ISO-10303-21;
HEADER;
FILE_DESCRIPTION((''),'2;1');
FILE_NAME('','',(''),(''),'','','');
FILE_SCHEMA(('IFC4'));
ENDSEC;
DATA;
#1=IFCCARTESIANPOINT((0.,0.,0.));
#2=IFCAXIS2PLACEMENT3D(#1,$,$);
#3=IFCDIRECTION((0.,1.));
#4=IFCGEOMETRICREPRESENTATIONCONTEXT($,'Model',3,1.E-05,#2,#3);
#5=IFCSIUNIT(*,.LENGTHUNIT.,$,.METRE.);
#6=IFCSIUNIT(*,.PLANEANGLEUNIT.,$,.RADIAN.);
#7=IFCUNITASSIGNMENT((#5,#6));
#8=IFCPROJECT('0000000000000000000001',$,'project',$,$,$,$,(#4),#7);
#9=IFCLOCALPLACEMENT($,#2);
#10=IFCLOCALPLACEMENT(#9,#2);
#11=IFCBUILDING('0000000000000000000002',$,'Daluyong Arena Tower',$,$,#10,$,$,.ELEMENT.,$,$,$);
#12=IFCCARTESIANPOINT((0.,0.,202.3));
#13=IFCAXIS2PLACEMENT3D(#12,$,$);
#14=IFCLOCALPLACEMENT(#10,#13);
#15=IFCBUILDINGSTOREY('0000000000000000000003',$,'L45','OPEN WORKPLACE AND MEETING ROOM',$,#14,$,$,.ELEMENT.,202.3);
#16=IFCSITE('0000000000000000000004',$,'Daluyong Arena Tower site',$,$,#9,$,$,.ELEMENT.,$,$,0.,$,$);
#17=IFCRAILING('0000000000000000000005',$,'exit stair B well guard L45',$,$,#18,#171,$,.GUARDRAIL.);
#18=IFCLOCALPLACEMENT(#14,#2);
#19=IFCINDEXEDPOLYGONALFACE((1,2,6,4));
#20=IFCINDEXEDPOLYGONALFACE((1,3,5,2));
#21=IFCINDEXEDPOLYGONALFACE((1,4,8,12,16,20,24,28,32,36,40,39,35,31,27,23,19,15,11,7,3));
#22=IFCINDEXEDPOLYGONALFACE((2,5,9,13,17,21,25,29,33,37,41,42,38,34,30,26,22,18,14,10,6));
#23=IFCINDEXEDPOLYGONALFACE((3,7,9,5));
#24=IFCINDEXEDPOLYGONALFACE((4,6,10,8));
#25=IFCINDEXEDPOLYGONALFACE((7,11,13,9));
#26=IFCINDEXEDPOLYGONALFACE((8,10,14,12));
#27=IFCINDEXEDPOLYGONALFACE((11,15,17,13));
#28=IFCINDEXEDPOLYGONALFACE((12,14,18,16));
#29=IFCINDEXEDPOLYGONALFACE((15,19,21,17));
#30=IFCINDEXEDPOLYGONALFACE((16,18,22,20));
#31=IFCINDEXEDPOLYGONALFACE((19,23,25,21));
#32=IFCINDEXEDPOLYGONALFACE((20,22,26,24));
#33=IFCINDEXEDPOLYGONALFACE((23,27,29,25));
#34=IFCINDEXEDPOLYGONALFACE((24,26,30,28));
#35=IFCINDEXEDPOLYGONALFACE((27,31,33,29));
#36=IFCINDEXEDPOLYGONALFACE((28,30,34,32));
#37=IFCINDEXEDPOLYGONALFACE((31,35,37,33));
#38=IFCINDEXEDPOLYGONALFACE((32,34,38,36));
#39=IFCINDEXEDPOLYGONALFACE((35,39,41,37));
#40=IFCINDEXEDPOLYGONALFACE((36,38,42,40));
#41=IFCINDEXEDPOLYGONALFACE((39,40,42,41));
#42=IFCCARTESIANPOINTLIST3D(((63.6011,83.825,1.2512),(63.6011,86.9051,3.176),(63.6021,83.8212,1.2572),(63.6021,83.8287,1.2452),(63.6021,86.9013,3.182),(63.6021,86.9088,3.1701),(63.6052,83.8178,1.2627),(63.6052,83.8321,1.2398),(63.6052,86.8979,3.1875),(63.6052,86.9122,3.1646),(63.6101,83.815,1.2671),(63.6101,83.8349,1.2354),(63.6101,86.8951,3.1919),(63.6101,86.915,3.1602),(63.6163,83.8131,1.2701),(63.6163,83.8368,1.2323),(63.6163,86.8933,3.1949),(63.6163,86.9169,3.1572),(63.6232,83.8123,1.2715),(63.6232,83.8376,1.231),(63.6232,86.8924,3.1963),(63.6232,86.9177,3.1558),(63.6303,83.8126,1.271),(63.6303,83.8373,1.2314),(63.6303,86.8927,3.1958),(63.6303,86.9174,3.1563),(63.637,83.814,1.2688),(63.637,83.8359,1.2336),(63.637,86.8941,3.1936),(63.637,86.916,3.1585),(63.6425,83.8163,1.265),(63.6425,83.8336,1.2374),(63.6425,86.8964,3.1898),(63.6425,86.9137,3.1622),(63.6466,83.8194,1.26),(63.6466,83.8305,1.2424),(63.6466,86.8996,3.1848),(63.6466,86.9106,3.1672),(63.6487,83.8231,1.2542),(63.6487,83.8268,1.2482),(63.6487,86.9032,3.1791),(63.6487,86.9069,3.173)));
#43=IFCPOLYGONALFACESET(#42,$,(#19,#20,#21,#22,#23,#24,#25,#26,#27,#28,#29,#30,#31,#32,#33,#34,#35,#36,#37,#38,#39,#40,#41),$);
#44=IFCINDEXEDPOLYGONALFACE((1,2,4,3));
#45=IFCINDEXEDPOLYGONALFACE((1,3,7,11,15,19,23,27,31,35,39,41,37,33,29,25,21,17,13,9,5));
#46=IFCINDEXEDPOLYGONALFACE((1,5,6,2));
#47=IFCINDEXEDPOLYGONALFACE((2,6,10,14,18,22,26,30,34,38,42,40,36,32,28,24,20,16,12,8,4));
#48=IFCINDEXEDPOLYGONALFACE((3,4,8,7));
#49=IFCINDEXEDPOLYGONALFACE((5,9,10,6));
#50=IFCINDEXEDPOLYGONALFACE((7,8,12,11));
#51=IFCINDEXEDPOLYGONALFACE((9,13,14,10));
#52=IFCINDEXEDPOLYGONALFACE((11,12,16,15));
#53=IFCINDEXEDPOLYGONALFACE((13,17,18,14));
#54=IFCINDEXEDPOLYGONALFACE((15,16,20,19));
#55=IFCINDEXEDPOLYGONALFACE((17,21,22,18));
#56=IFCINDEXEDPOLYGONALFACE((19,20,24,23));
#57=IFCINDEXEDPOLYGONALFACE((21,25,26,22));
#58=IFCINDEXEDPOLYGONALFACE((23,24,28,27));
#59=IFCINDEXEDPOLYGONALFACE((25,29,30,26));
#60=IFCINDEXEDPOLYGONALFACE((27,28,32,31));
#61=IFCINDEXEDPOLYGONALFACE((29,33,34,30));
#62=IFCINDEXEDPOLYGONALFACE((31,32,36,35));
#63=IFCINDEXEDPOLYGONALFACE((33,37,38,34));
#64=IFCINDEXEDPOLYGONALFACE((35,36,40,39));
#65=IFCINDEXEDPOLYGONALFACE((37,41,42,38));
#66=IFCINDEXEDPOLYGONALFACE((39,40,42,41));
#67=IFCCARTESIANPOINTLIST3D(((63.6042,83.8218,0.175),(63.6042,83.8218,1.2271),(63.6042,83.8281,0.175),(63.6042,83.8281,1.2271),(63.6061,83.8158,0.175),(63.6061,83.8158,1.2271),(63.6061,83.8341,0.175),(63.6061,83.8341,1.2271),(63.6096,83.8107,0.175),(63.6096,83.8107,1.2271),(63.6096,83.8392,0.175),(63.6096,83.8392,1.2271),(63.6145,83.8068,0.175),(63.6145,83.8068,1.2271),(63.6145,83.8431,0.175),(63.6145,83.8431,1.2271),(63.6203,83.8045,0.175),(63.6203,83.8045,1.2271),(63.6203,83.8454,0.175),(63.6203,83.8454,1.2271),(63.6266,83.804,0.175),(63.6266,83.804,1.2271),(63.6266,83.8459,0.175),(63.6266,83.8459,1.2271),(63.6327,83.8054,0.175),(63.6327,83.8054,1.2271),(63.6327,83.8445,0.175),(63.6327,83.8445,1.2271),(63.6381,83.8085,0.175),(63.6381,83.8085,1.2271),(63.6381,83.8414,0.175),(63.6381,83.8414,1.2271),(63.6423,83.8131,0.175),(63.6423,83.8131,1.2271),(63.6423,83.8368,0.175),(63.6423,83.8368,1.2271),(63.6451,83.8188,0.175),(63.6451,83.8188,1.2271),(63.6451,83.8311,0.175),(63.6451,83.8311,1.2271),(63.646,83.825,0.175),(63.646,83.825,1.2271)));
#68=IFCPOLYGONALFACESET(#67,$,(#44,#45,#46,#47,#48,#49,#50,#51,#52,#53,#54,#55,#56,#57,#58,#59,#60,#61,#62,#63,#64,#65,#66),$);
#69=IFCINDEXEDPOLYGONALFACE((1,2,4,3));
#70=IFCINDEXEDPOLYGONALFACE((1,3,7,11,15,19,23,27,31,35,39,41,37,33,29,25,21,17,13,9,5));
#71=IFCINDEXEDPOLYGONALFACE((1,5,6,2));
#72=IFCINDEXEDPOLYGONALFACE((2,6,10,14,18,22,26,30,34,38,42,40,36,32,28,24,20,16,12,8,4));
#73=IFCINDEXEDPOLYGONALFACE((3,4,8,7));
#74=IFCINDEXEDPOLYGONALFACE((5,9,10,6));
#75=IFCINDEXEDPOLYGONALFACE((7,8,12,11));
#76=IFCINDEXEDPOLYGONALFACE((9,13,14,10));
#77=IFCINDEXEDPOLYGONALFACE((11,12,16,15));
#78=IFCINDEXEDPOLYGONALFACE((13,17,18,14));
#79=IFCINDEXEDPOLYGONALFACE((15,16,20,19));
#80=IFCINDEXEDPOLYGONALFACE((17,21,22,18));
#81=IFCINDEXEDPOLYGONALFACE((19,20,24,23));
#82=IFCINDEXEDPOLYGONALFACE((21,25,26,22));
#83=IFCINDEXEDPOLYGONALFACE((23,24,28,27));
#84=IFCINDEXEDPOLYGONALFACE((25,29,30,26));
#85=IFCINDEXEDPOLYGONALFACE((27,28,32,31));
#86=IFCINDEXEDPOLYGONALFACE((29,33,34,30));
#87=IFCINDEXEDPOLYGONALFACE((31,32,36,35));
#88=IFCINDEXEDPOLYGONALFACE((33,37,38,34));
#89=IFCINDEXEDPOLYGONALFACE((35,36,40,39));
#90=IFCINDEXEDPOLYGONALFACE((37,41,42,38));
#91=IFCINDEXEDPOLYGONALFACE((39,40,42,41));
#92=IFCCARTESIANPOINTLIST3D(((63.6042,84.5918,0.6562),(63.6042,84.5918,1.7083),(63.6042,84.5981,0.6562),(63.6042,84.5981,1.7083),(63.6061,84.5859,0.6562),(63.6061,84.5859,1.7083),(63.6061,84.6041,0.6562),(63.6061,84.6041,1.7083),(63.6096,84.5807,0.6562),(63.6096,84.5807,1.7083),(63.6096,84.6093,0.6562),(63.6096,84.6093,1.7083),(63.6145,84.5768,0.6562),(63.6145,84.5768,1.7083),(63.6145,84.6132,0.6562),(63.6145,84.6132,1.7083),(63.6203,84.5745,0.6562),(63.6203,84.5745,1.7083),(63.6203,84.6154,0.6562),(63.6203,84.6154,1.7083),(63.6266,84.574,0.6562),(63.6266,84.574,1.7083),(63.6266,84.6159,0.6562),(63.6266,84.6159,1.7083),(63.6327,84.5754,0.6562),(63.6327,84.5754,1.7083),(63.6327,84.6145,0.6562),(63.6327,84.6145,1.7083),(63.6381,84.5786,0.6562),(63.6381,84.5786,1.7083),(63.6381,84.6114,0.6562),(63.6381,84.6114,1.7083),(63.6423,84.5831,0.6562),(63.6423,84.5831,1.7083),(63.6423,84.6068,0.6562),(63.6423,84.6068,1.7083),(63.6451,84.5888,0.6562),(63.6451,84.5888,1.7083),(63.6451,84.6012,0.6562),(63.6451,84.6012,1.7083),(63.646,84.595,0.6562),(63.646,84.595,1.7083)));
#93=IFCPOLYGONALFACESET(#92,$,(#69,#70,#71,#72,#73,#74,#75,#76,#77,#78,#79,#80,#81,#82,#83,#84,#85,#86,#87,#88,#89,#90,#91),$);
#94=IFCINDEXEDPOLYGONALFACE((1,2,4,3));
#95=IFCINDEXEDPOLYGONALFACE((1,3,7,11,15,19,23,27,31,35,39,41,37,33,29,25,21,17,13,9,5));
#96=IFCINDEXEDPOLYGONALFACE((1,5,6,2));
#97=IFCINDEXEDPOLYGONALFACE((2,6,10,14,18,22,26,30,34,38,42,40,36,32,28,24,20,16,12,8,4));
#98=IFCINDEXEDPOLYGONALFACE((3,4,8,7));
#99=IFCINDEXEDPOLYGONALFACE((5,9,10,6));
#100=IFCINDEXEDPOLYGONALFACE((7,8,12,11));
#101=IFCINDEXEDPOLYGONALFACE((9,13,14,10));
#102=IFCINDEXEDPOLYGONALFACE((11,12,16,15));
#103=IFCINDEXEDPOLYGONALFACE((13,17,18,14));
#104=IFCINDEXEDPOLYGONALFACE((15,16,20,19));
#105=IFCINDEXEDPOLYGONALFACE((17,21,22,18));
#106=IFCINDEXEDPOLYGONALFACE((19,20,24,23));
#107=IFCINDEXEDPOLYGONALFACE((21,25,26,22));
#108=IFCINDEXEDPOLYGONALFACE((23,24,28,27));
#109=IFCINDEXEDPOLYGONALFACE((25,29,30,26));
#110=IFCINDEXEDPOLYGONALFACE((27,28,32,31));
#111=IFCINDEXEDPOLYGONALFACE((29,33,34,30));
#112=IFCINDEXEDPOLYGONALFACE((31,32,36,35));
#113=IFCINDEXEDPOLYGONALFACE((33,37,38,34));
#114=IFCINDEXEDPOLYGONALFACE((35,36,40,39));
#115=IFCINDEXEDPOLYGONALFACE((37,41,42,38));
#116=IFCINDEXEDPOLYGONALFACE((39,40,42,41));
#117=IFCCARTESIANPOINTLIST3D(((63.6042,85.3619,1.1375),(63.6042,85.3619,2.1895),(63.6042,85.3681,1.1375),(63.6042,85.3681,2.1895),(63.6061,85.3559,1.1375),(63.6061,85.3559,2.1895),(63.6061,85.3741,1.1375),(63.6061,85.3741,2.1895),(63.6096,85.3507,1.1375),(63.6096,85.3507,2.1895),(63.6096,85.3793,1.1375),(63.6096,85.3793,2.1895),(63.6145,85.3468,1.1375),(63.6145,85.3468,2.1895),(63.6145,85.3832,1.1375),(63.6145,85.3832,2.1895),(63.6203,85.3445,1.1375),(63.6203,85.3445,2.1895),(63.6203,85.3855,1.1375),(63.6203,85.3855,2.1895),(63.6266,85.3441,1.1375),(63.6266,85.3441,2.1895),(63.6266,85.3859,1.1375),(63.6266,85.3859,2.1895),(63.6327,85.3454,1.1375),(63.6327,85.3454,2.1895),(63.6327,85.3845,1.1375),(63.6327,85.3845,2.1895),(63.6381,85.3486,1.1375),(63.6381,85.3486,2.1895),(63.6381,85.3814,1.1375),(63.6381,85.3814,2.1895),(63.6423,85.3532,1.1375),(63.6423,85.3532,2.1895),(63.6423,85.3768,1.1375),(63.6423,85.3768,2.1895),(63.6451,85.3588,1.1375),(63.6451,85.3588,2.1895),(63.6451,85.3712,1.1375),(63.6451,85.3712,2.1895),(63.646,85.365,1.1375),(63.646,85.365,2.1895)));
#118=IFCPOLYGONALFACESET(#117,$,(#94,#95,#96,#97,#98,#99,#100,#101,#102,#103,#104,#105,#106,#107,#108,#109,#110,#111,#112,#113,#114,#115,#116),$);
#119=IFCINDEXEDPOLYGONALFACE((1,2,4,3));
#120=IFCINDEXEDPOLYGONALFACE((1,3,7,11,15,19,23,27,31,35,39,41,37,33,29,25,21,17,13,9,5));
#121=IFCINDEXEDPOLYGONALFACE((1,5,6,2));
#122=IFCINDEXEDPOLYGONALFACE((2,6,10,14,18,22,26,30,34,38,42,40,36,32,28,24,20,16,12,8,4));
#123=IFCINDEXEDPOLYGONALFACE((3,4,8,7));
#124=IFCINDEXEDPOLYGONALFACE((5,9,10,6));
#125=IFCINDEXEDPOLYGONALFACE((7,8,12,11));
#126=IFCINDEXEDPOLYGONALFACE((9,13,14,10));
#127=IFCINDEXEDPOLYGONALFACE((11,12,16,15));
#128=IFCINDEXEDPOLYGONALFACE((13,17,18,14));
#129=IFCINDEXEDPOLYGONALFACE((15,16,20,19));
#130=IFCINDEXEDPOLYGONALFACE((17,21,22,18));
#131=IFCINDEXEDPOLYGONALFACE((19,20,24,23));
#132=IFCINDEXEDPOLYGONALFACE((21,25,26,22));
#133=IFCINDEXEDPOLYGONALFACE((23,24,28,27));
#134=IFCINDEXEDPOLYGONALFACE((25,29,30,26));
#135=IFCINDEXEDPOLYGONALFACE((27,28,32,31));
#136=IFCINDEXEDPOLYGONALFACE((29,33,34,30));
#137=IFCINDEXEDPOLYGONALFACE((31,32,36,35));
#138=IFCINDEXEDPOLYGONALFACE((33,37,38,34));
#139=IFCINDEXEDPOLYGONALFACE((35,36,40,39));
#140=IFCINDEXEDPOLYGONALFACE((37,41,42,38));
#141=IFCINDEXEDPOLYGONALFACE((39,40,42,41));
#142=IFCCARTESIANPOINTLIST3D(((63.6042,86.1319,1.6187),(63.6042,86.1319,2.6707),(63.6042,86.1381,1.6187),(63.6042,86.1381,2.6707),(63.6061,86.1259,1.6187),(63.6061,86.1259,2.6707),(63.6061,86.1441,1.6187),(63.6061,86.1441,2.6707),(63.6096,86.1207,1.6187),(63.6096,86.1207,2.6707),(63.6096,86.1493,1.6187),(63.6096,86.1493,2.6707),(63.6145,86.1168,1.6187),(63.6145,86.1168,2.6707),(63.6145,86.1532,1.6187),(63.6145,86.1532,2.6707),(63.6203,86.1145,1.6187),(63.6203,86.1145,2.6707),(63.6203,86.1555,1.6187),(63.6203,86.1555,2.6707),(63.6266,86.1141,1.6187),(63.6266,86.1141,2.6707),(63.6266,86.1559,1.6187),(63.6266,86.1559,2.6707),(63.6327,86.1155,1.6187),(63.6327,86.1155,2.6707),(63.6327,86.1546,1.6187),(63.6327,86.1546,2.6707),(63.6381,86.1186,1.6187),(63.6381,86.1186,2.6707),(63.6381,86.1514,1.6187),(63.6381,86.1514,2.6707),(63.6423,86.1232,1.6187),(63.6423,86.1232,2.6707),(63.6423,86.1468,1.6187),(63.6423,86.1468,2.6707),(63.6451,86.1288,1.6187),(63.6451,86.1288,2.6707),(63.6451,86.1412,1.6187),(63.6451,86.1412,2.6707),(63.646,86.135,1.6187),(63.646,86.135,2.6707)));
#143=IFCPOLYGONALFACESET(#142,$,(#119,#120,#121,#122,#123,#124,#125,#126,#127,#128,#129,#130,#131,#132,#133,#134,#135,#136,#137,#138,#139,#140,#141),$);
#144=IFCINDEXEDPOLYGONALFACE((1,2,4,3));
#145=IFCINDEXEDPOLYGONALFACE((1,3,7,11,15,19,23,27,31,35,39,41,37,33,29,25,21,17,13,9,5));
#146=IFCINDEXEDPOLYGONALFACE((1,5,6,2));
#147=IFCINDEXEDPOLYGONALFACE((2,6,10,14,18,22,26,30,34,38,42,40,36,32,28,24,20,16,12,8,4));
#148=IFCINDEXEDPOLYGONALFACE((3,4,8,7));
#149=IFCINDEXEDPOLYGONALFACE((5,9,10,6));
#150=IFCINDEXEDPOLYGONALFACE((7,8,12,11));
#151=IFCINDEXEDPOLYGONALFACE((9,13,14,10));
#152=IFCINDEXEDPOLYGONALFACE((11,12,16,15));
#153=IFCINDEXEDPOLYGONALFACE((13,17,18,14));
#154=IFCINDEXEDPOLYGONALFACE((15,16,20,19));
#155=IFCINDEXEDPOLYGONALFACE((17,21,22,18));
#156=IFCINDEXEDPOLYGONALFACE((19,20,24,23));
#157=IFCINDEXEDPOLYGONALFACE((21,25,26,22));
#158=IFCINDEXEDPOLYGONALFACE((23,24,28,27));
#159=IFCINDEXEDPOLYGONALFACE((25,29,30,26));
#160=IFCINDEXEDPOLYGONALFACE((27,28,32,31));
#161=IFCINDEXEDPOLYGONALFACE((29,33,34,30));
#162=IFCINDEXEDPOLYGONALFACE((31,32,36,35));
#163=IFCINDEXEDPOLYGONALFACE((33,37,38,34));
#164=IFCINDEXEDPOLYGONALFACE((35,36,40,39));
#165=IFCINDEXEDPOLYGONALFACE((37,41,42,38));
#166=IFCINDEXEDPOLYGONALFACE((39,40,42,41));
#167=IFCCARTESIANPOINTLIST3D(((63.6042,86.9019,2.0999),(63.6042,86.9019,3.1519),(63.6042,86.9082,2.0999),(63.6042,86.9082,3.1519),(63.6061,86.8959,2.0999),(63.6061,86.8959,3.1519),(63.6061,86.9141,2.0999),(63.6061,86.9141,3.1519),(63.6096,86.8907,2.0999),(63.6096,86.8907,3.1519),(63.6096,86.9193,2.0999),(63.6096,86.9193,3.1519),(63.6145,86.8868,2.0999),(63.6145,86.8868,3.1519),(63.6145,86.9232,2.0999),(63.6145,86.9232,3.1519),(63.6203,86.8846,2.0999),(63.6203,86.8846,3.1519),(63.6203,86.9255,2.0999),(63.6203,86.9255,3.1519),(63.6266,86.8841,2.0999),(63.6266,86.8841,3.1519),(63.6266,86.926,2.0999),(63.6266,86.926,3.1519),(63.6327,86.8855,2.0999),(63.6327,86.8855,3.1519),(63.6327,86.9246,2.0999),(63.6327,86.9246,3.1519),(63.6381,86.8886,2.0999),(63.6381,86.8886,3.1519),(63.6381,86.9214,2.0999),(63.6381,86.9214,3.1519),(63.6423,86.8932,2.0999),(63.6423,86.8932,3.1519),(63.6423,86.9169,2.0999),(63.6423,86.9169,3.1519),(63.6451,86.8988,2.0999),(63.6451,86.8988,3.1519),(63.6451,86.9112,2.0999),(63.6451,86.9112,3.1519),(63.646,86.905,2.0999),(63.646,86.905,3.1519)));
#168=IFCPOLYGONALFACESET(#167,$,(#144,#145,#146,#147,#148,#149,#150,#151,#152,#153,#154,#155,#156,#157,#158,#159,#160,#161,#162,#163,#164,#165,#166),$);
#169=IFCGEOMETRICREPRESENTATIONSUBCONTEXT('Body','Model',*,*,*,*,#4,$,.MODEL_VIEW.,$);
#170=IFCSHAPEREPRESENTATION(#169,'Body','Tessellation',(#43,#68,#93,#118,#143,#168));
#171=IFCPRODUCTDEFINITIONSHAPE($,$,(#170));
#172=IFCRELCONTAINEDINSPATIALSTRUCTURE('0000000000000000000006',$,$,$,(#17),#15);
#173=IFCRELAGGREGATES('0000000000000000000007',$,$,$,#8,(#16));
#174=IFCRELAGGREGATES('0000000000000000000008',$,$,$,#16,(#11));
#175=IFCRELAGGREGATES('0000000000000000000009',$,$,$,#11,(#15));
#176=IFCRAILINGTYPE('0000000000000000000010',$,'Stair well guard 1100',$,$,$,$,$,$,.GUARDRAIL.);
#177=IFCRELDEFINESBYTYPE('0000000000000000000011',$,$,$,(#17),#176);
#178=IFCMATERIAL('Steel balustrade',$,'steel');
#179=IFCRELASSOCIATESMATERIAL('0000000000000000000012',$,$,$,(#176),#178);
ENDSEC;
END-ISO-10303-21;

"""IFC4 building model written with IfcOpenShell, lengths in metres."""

from ifc_helpers import new_model, si_unit, direction, frame, origin, origin_2d, place, context, subcontext, project, spatial, circle, extrude, material, type_object, element, save


model = new_model("IFC4")

# Units and contexts
model_context = context("Model", 3, precision=1e-05, world=origin(), true_north=direction((0.0, 1.0)))
body_context = subcontext(model_context, "Body", "Model", "MODEL_VIEW")
ifc_project = project(units=[si_unit("LENGTHUNIT", "METRE"), si_unit("PLANEANGLEUNIT", "RADIAN")], contexts=[model_context])

# Site, building, storey
site_placement = place(None, origin())
site = spatial("IfcSite", under=ifc_project, at=site_placement, Name="Daluyong Arena Tower site", CompositionType="ELEMENT", RefElevation=0.0)
building_placement = place(site_placement, origin())
building = spatial("IfcBuilding", under=site, at=building_placement, Name="Daluyong Arena Tower", CompositionType="ELEMENT")
storey_placement = place(building_placement, frame((0.0, 0.0, 202.3)))
storey = spatial("IfcBuildingStorey", under=building, at=storey_placement, Name="L45", Description="OPEN WORKPLACE AND MEETING ROOM", CompositionType="ELEMENT", Elevation=202.3)

# Railing
ifc_material_1 = material(Name="Steel balustrade", Category="steel")
railing_type_1 = type_object("IfcRailingType", Name="Stair well guard 1100", PredefinedType="GUARDRAIL", material=ifc_material_1)
railing_1_placement = place(storey_placement, frame((63.625, 83.825, 0.175)))
element("IfcRailing", 1, at=railing_1_placement, inside=storey, type_object=railing_type_1, Name="exit stair B well guard L45", PredefinedType="GUARDRAIL", context=body_context, shape_type="SweptSolid", body=[
    extrude(circle(Radius=0.0239, at=origin_2d()), frame((0.0, 0.0, 1.0762), z_axis=(0.0, 0.848029, 0.529951), x_axis=(-1.0, 0.0, 0.0)), (0.0, 0.0, 1.0), 3.6321),
    extrude(circle(Radius=0.021, at=origin_2d()), origin(), (0.0, 0.0, 1.0), 1.052),
    extrude(circle(Radius=0.021, at=origin_2d()), frame((0.0, 0.77, 0.4812)), (0.0, 0.0, 1.0), 1.052),
    extrude(circle(Radius=0.021, at=origin_2d()), frame((0.0, 1.54, 0.9624)), (0.0, 0.0, 1.0), 1.052),
    extrude(circle(Radius=0.021, at=origin_2d()), frame((0.0, 2.3101, 1.4436)), (0.0, 0.0, 1.0), 1.052),
    extrude(circle(Radius=0.021, at=origin_2d()), frame((0.0, 3.0801, 1.9248)), (0.0, 0.0, 1.0), 1.052),
])

save(model, "model.ifc")
